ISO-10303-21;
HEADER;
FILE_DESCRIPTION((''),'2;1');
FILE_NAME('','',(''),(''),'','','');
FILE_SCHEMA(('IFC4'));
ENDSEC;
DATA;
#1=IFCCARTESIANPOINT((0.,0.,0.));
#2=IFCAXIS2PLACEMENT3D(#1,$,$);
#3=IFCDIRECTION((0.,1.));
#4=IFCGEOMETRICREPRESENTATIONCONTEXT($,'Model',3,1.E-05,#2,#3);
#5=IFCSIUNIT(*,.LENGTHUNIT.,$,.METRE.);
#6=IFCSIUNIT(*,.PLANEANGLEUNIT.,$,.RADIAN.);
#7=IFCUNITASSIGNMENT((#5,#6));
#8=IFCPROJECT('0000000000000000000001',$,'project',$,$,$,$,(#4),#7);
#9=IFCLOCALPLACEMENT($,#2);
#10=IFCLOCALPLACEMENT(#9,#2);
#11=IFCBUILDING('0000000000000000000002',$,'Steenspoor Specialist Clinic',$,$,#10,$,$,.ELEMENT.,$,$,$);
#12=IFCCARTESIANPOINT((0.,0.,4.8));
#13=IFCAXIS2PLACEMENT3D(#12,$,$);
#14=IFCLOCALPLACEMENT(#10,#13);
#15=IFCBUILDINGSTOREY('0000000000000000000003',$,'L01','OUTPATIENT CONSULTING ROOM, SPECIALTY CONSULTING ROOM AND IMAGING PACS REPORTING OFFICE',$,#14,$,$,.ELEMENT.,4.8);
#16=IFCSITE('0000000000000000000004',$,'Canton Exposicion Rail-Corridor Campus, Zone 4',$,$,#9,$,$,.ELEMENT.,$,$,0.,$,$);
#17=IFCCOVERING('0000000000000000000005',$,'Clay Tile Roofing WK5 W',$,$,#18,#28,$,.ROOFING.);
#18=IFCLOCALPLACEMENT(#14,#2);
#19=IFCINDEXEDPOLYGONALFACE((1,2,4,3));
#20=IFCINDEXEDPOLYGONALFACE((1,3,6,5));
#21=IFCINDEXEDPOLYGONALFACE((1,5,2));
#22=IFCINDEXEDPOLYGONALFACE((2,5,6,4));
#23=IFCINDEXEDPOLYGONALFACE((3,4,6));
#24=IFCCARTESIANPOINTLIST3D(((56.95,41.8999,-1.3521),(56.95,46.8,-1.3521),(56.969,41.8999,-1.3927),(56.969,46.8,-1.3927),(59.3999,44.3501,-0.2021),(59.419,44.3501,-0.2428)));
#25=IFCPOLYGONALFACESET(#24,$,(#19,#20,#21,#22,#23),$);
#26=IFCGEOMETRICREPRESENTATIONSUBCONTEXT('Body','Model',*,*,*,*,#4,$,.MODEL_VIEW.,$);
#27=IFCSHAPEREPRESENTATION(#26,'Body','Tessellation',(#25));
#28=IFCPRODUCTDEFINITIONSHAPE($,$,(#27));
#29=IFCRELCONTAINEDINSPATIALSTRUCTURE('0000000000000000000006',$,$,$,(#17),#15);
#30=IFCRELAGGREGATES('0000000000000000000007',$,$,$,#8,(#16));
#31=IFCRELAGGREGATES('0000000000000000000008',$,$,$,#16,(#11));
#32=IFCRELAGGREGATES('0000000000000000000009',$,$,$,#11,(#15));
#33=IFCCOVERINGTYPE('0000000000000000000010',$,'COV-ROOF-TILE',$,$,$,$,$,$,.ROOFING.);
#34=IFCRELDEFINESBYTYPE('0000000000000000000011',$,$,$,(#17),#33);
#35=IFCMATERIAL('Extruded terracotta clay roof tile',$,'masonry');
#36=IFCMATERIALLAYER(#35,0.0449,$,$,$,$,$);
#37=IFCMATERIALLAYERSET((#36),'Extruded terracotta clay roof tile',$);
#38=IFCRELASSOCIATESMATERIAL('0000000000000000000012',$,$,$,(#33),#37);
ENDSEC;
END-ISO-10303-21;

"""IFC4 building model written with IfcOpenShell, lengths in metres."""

from ifc_helpers import new_model, si_unit, direction, frame, origin, place, context, subcontext, project, spatial, polyline, outline, extrude, material, layer, layer_set, type_object, element, save


model = new_model("IFC4")

# Units and contexts
model_context = context("Model", 3, precision=1e-05, world=origin(), true_north=direction((0.0, 1.0)))
body_context = subcontext(model_context, "Body", "Model", "MODEL_VIEW")
ifc_project = project(units=[si_unit("LENGTHUNIT", "METRE"), si_unit("PLANEANGLEUNIT", "RADIAN")], contexts=[model_context])

# Site, building, storey
site_placement = place(None, origin())
site = spatial("IfcSite", under=ifc_project, at=site_placement, Name="Canton Exposicion Rail-Corridor Campus, Zone 4", CompositionType="ELEMENT", RefElevation=0.0)
building_placement = place(site_placement, origin())
building = spatial("IfcBuilding", under=site, at=building_placement, Name="Steenspoor Specialist Clinic", CompositionType="ELEMENT")
storey_placement = place(building_placement, frame((0.0, 0.0, 4.8)))
storey = spatial("IfcBuildingStorey", under=building, at=storey_placement, Name="L01", Description="OUTPATIENT CONSULTING ROOM, SPECIALTY CONSULTING ROOM AND IMAGING PACS REPORTING OFFICE", CompositionType="ELEMENT", Elevation=4.8)

# Shared definitions
ifc_material_1 = material(Name="Extruded terracotta clay roof tile", Category="masonry")

# Covering
ifc_layer_1 = layer(ifc_material_1, 0.0449)
ifc_layer_set_1 = layer_set([ifc_layer_1], Name="Extruded terracotta clay roof tile")
covering_type = type_object("IfcCoveringType", Name="COV-ROOF-TILE", PredefinedType="ROOFING", material=ifc_layer_set_1)
covering_1_placement = place(storey_placement, frame((56.95, 46.8, -1.3521), z_axis=(-0.424885, 0.0, 0.905248), x_axis=(0.0, -1.0, 0.0)))
element("IfcCovering", 1, at=covering_1_placement, inside=storey, type_object=covering_type, Name="Clay Tile Roofing WK5 W", PredefinedType="ROOFING", context=body_context, shape_type="SweptSolid", body=[
    extrude(outline(polyline([(0.0, 0.0), (4.9001, 0.0), (2.45, 2.7064), (0.0, 0.0)])), origin(), (0.0, 0.0, -1.0), 0.0449),
])

save(model, "model.ifc")
